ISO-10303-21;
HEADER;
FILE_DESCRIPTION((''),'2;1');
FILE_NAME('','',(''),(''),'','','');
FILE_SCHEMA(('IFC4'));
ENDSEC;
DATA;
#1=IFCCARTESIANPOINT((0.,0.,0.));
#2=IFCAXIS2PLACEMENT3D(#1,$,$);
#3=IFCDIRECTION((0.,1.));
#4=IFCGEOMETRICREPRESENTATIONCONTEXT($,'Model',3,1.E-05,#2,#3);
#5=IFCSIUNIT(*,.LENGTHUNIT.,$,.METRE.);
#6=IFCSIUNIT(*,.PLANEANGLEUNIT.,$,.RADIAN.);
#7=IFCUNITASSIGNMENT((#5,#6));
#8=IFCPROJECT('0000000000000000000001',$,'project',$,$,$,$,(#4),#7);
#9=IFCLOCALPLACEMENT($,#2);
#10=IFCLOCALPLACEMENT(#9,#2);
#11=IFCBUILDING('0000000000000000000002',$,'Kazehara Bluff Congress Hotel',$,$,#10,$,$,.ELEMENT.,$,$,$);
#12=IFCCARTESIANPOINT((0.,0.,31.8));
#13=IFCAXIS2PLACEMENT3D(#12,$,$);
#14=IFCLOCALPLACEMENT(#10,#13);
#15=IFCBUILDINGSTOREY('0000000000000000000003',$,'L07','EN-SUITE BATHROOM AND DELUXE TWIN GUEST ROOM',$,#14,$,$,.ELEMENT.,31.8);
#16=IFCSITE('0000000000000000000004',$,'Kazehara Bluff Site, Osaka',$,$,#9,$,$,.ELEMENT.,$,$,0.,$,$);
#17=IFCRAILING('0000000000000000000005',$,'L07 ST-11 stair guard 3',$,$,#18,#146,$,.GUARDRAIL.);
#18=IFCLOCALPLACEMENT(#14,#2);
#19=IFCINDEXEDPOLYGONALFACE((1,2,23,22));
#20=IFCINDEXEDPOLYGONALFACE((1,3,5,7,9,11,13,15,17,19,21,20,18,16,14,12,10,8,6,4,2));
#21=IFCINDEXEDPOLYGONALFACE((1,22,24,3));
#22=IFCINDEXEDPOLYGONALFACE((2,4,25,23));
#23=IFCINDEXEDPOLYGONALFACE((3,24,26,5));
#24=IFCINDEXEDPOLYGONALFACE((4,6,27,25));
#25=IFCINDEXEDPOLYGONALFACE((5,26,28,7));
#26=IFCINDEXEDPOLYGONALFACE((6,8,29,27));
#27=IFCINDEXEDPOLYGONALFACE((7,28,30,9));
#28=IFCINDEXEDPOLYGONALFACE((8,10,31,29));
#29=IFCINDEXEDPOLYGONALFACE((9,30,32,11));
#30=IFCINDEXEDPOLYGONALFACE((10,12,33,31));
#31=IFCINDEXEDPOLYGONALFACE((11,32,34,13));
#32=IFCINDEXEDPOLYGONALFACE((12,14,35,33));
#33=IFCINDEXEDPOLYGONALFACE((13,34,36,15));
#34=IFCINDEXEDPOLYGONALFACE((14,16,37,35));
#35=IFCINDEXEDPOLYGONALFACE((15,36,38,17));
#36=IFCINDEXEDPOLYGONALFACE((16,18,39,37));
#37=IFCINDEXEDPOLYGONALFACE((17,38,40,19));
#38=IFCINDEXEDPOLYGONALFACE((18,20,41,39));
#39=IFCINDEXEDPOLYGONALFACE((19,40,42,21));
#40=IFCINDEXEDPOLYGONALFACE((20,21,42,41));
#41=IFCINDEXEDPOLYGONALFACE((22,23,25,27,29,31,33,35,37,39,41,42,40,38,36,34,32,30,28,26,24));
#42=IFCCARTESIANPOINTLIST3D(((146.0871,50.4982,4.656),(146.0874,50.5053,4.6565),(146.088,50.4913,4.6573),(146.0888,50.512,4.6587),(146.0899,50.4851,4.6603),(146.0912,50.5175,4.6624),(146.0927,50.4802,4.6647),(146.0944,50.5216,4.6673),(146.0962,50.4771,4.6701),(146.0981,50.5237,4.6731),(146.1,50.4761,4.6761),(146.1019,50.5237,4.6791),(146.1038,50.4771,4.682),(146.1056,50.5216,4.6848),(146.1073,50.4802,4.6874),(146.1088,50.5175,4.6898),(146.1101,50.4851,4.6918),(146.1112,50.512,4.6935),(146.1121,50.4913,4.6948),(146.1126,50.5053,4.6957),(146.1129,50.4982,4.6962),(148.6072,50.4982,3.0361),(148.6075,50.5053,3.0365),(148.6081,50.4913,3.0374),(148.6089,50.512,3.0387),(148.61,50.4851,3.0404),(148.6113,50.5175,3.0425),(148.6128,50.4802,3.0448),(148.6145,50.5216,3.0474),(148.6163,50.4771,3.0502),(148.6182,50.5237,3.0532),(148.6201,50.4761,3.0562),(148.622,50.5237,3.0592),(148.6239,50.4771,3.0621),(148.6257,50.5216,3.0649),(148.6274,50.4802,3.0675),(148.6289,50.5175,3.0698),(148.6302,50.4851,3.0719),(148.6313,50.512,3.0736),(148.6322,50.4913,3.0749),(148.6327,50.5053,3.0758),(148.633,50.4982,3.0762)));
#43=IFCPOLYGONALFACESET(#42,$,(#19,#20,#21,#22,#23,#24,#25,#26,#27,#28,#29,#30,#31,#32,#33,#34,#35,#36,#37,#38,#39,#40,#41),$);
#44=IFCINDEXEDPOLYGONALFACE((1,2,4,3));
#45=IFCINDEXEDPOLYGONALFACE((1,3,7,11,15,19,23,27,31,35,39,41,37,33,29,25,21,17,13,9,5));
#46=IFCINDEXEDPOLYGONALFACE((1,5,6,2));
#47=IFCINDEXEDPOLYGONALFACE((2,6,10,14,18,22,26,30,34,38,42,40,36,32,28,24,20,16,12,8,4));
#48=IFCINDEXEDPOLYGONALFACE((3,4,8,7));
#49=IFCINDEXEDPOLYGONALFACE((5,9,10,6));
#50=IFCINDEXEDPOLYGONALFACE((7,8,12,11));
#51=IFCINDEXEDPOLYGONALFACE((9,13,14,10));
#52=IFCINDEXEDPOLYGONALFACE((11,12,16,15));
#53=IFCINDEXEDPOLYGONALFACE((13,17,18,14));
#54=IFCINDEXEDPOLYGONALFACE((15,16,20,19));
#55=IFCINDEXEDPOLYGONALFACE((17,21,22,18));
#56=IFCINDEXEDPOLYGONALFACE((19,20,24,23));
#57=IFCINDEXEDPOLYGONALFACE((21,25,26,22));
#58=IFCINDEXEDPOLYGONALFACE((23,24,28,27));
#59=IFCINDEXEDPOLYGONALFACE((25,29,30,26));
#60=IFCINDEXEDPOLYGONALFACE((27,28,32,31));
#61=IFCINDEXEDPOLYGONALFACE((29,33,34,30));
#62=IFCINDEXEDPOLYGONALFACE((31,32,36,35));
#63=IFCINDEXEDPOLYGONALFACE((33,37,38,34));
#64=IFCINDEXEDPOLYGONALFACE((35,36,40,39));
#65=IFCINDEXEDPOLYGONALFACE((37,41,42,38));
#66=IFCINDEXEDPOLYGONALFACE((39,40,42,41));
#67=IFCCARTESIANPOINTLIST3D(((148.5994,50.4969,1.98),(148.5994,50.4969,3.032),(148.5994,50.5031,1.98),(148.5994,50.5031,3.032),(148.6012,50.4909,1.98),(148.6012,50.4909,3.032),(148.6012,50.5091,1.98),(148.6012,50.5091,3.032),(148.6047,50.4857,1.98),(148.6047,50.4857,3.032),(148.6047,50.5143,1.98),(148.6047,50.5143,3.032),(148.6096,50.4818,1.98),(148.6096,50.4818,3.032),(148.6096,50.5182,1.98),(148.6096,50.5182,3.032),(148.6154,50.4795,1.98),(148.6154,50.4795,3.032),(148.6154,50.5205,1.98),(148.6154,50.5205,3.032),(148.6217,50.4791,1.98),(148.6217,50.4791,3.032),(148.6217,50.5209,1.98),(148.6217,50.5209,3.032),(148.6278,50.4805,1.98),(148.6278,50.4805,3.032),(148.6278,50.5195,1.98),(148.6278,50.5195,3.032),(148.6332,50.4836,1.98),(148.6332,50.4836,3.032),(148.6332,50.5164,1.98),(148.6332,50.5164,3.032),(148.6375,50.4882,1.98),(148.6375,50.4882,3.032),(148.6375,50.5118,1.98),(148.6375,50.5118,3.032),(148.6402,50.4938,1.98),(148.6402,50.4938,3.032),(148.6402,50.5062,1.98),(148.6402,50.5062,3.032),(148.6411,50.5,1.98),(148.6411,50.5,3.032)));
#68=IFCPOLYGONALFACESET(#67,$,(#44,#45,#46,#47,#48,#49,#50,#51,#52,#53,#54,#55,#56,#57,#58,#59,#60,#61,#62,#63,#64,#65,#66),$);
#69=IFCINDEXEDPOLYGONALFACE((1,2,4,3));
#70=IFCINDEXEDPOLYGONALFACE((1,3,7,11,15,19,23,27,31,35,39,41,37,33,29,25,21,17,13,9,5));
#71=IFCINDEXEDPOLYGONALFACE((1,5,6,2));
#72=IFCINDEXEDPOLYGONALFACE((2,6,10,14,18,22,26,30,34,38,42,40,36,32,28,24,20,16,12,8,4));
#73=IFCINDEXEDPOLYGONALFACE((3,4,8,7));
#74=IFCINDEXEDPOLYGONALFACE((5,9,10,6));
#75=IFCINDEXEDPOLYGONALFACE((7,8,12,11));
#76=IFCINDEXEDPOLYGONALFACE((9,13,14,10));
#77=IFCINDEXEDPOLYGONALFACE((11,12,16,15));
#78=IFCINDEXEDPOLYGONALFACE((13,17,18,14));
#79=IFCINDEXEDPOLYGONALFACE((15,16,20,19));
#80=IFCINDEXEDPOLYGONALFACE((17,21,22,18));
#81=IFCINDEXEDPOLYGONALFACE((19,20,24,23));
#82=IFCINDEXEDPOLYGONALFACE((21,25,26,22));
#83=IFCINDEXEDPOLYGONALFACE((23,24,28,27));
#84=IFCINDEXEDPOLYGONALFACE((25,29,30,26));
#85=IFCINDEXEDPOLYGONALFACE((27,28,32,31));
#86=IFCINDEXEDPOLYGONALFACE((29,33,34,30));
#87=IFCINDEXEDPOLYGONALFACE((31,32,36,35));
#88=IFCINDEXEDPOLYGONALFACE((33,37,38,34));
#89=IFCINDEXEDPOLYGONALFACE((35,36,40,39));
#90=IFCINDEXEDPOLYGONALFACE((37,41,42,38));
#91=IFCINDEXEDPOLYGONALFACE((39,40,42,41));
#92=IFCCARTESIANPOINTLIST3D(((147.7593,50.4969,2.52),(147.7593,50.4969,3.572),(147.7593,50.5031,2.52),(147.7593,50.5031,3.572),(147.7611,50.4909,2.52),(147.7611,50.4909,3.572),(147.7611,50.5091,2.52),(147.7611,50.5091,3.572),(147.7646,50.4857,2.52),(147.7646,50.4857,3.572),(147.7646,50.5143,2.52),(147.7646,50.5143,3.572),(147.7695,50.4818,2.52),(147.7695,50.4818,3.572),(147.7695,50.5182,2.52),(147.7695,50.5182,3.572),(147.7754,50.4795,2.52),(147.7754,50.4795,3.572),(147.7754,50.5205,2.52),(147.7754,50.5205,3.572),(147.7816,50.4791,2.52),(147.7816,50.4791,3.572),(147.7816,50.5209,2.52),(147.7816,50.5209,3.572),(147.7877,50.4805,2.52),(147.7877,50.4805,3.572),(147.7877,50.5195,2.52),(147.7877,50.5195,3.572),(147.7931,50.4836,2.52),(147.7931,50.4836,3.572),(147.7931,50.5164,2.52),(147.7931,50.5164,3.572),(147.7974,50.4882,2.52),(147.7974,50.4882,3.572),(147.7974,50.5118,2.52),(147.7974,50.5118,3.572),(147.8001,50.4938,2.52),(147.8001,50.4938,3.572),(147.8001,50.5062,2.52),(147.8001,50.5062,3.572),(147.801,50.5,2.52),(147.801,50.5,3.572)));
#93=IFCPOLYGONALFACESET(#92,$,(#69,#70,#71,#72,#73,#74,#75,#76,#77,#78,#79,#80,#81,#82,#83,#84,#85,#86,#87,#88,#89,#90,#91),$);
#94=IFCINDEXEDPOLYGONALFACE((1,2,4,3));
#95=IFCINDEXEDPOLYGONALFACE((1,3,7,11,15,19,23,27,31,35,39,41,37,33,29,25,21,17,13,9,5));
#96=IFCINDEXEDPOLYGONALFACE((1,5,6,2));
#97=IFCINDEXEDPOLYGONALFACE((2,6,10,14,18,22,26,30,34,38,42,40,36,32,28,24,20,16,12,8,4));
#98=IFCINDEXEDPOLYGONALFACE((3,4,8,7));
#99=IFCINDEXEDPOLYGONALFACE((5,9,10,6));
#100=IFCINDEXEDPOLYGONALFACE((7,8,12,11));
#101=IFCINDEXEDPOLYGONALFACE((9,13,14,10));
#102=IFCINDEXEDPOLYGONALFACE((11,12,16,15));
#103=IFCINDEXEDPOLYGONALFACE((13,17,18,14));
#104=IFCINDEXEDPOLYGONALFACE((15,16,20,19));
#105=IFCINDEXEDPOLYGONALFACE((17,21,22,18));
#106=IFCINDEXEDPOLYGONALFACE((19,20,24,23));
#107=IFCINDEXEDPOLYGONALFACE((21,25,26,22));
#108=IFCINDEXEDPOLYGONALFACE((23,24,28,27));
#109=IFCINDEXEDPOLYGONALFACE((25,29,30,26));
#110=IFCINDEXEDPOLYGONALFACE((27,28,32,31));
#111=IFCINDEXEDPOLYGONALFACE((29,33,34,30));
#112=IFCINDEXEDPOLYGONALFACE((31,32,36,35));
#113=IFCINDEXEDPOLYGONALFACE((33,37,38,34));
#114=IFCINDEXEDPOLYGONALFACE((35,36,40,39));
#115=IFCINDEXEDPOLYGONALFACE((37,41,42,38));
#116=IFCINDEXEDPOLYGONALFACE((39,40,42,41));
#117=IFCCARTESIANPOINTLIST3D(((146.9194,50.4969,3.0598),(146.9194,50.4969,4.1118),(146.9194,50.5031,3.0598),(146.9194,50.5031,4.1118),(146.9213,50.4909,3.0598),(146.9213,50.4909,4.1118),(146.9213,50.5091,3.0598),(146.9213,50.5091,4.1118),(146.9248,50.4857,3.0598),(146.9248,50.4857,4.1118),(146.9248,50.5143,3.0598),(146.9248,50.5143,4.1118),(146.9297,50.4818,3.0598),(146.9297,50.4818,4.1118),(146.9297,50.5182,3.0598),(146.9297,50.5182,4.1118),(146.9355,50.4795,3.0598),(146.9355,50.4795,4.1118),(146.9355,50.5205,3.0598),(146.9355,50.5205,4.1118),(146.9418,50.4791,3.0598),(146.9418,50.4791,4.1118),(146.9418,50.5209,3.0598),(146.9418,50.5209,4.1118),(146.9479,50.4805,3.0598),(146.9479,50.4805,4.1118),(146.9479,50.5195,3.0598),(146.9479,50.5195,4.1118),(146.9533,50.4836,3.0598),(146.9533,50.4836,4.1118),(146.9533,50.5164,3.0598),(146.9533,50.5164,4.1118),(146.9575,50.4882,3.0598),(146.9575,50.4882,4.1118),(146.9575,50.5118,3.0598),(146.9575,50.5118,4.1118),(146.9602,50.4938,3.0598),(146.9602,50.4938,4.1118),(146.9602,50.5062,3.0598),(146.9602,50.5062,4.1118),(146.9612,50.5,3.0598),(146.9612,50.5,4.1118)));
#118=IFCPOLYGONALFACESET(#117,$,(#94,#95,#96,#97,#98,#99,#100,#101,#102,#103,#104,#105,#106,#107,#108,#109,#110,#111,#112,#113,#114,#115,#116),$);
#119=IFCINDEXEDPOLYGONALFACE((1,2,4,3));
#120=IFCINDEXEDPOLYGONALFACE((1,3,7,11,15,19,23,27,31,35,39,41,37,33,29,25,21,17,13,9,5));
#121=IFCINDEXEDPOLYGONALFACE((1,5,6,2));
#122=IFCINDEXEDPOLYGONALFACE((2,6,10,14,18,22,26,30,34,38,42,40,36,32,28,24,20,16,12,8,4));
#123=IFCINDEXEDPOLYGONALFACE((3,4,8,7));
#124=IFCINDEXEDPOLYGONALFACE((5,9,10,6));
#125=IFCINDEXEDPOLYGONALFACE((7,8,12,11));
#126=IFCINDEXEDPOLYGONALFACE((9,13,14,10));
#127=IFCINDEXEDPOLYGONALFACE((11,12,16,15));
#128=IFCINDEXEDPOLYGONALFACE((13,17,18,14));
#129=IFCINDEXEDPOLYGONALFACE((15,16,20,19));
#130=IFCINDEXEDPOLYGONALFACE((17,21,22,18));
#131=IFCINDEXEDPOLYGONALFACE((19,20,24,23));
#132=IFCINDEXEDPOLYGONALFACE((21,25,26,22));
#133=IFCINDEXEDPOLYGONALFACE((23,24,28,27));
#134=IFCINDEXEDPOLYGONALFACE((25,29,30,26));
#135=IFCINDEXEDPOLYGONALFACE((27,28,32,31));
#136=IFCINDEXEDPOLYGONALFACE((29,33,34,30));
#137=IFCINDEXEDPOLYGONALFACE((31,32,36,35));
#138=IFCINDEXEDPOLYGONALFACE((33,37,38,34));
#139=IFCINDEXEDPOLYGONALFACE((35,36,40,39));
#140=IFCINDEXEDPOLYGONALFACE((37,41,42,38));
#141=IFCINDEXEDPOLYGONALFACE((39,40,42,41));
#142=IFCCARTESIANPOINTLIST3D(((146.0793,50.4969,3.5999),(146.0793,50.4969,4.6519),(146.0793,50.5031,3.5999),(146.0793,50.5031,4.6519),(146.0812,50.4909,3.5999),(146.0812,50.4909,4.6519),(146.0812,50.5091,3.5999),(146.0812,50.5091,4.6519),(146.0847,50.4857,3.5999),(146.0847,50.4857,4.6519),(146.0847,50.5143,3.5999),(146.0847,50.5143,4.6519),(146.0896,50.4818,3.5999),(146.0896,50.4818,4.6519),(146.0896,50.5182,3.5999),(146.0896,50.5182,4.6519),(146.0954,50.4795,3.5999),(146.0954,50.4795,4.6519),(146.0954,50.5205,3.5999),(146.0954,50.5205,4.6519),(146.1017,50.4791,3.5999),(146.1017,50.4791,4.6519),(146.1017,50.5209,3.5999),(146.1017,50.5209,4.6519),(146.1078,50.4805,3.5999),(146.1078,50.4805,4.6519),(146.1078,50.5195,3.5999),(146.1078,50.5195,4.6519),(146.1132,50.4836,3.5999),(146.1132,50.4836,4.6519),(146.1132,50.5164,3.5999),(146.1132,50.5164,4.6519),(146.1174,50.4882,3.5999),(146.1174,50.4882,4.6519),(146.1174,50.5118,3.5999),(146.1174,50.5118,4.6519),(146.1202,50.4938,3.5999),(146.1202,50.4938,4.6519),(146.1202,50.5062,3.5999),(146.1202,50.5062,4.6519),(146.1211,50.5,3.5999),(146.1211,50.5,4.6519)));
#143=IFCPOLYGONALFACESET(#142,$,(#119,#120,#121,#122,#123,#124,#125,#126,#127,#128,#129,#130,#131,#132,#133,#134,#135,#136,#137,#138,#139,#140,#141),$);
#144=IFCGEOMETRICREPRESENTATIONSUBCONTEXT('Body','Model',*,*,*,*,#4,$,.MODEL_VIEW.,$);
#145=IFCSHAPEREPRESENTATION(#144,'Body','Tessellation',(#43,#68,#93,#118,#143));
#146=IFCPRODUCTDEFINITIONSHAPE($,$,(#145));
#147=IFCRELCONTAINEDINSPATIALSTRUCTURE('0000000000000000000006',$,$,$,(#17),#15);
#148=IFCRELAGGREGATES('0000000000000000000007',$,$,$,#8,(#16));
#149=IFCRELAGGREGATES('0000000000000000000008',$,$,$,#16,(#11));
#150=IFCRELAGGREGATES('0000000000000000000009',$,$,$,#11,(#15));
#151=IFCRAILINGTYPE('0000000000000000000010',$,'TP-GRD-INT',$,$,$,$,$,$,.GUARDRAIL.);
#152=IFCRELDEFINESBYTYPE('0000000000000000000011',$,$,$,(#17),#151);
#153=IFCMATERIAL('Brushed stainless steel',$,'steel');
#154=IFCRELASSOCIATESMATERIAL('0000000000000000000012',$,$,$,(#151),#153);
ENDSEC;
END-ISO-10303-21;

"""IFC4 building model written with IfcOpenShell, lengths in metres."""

from ifc_helpers import new_model, si_unit, direction, frame, origin, origin_2d, place, context, subcontext, project, spatial, circle, extrude, material, type_object, element, save


model = new_model("IFC4")

# Units and contexts
model_context = context("Model", 3, precision=1e-05, world=origin(), true_north=direction((0.0, 1.0)))
body_context = subcontext(model_context, "Body", "Model", "MODEL_VIEW")
ifc_project = project(units=[si_unit("LENGTHUNIT", "METRE"), si_unit("PLANEANGLEUNIT", "RADIAN")], contexts=[model_context])

# Site, building, storey
site_placement = place(None, origin())
site = spatial("IfcSite", under=ifc_project, at=site_placement, Name="Kazehara Bluff Site, Osaka", CompositionType="ELEMENT", RefElevation=0.0)
building_placement = place(site_placement, origin())
building = spatial("IfcBuilding", under=site, at=building_placement, Name="Kazehara Bluff Congress Hotel", CompositionType="ELEMENT")
storey_placement = place(building_placement, frame((0.0, 0.0, 31.8)))
storey = spatial("IfcBuildingStorey", under=building, at=storey_placement, Name="L07", Description="EN-SUITE BATHROOM AND DELUXE TWIN GUEST ROOM", CompositionType="ELEMENT", Elevation=31.8)

# Railing
ifc_material_1 = material(Name="Brushed stainless steel", Category="steel")
railing_type_1 = type_object("IfcRailingType", Name="TP-GRD-INT", PredefinedType="GUARDRAIL", material=ifc_material_1)
railing_1_placement = place(storey_placement, frame((148.6201, 50.5, 1.98)))
element("IfcRailing", 1, at=railing_1_placement, inside=storey, type_object=railing_type_1, Name="L07 ST-11 stair guard 3", PredefinedType="GUARDRAIL", context=body_context, shape_type="SweptSolid", body=[
    extrude(circle(Radius=0.0239, at=origin_2d()), frame((0.0, 0.0, 1.0762), z_axis=(-0.8412, 0.0, 0.540725), x_axis=(0.0, -1.0, 0.0)), (0.0, 0.0, 1.0), 2.9958),
    extrude(circle(Radius=0.021, at=origin_2d()), origin(), (0.0, 0.0, 1.0), 1.052),
    extrude(circle(Radius=0.021, at=origin_2d()), frame((-0.8401, 0.0, 0.54)), (0.0, 0.0, 1.0), 1.052),
    extrude(circle(Radius=0.021, at=origin_2d()), frame((-1.6799, 0.0, 1.0798)), (0.0, 0.0, 1.0), 1.052),
    extrude(circle(Radius=0.021, at=origin_2d()), frame((-2.52, 0.0, 1.6199)), (0.0, 0.0, 1.0), 1.052),
])

save(model, "model.ifc")
